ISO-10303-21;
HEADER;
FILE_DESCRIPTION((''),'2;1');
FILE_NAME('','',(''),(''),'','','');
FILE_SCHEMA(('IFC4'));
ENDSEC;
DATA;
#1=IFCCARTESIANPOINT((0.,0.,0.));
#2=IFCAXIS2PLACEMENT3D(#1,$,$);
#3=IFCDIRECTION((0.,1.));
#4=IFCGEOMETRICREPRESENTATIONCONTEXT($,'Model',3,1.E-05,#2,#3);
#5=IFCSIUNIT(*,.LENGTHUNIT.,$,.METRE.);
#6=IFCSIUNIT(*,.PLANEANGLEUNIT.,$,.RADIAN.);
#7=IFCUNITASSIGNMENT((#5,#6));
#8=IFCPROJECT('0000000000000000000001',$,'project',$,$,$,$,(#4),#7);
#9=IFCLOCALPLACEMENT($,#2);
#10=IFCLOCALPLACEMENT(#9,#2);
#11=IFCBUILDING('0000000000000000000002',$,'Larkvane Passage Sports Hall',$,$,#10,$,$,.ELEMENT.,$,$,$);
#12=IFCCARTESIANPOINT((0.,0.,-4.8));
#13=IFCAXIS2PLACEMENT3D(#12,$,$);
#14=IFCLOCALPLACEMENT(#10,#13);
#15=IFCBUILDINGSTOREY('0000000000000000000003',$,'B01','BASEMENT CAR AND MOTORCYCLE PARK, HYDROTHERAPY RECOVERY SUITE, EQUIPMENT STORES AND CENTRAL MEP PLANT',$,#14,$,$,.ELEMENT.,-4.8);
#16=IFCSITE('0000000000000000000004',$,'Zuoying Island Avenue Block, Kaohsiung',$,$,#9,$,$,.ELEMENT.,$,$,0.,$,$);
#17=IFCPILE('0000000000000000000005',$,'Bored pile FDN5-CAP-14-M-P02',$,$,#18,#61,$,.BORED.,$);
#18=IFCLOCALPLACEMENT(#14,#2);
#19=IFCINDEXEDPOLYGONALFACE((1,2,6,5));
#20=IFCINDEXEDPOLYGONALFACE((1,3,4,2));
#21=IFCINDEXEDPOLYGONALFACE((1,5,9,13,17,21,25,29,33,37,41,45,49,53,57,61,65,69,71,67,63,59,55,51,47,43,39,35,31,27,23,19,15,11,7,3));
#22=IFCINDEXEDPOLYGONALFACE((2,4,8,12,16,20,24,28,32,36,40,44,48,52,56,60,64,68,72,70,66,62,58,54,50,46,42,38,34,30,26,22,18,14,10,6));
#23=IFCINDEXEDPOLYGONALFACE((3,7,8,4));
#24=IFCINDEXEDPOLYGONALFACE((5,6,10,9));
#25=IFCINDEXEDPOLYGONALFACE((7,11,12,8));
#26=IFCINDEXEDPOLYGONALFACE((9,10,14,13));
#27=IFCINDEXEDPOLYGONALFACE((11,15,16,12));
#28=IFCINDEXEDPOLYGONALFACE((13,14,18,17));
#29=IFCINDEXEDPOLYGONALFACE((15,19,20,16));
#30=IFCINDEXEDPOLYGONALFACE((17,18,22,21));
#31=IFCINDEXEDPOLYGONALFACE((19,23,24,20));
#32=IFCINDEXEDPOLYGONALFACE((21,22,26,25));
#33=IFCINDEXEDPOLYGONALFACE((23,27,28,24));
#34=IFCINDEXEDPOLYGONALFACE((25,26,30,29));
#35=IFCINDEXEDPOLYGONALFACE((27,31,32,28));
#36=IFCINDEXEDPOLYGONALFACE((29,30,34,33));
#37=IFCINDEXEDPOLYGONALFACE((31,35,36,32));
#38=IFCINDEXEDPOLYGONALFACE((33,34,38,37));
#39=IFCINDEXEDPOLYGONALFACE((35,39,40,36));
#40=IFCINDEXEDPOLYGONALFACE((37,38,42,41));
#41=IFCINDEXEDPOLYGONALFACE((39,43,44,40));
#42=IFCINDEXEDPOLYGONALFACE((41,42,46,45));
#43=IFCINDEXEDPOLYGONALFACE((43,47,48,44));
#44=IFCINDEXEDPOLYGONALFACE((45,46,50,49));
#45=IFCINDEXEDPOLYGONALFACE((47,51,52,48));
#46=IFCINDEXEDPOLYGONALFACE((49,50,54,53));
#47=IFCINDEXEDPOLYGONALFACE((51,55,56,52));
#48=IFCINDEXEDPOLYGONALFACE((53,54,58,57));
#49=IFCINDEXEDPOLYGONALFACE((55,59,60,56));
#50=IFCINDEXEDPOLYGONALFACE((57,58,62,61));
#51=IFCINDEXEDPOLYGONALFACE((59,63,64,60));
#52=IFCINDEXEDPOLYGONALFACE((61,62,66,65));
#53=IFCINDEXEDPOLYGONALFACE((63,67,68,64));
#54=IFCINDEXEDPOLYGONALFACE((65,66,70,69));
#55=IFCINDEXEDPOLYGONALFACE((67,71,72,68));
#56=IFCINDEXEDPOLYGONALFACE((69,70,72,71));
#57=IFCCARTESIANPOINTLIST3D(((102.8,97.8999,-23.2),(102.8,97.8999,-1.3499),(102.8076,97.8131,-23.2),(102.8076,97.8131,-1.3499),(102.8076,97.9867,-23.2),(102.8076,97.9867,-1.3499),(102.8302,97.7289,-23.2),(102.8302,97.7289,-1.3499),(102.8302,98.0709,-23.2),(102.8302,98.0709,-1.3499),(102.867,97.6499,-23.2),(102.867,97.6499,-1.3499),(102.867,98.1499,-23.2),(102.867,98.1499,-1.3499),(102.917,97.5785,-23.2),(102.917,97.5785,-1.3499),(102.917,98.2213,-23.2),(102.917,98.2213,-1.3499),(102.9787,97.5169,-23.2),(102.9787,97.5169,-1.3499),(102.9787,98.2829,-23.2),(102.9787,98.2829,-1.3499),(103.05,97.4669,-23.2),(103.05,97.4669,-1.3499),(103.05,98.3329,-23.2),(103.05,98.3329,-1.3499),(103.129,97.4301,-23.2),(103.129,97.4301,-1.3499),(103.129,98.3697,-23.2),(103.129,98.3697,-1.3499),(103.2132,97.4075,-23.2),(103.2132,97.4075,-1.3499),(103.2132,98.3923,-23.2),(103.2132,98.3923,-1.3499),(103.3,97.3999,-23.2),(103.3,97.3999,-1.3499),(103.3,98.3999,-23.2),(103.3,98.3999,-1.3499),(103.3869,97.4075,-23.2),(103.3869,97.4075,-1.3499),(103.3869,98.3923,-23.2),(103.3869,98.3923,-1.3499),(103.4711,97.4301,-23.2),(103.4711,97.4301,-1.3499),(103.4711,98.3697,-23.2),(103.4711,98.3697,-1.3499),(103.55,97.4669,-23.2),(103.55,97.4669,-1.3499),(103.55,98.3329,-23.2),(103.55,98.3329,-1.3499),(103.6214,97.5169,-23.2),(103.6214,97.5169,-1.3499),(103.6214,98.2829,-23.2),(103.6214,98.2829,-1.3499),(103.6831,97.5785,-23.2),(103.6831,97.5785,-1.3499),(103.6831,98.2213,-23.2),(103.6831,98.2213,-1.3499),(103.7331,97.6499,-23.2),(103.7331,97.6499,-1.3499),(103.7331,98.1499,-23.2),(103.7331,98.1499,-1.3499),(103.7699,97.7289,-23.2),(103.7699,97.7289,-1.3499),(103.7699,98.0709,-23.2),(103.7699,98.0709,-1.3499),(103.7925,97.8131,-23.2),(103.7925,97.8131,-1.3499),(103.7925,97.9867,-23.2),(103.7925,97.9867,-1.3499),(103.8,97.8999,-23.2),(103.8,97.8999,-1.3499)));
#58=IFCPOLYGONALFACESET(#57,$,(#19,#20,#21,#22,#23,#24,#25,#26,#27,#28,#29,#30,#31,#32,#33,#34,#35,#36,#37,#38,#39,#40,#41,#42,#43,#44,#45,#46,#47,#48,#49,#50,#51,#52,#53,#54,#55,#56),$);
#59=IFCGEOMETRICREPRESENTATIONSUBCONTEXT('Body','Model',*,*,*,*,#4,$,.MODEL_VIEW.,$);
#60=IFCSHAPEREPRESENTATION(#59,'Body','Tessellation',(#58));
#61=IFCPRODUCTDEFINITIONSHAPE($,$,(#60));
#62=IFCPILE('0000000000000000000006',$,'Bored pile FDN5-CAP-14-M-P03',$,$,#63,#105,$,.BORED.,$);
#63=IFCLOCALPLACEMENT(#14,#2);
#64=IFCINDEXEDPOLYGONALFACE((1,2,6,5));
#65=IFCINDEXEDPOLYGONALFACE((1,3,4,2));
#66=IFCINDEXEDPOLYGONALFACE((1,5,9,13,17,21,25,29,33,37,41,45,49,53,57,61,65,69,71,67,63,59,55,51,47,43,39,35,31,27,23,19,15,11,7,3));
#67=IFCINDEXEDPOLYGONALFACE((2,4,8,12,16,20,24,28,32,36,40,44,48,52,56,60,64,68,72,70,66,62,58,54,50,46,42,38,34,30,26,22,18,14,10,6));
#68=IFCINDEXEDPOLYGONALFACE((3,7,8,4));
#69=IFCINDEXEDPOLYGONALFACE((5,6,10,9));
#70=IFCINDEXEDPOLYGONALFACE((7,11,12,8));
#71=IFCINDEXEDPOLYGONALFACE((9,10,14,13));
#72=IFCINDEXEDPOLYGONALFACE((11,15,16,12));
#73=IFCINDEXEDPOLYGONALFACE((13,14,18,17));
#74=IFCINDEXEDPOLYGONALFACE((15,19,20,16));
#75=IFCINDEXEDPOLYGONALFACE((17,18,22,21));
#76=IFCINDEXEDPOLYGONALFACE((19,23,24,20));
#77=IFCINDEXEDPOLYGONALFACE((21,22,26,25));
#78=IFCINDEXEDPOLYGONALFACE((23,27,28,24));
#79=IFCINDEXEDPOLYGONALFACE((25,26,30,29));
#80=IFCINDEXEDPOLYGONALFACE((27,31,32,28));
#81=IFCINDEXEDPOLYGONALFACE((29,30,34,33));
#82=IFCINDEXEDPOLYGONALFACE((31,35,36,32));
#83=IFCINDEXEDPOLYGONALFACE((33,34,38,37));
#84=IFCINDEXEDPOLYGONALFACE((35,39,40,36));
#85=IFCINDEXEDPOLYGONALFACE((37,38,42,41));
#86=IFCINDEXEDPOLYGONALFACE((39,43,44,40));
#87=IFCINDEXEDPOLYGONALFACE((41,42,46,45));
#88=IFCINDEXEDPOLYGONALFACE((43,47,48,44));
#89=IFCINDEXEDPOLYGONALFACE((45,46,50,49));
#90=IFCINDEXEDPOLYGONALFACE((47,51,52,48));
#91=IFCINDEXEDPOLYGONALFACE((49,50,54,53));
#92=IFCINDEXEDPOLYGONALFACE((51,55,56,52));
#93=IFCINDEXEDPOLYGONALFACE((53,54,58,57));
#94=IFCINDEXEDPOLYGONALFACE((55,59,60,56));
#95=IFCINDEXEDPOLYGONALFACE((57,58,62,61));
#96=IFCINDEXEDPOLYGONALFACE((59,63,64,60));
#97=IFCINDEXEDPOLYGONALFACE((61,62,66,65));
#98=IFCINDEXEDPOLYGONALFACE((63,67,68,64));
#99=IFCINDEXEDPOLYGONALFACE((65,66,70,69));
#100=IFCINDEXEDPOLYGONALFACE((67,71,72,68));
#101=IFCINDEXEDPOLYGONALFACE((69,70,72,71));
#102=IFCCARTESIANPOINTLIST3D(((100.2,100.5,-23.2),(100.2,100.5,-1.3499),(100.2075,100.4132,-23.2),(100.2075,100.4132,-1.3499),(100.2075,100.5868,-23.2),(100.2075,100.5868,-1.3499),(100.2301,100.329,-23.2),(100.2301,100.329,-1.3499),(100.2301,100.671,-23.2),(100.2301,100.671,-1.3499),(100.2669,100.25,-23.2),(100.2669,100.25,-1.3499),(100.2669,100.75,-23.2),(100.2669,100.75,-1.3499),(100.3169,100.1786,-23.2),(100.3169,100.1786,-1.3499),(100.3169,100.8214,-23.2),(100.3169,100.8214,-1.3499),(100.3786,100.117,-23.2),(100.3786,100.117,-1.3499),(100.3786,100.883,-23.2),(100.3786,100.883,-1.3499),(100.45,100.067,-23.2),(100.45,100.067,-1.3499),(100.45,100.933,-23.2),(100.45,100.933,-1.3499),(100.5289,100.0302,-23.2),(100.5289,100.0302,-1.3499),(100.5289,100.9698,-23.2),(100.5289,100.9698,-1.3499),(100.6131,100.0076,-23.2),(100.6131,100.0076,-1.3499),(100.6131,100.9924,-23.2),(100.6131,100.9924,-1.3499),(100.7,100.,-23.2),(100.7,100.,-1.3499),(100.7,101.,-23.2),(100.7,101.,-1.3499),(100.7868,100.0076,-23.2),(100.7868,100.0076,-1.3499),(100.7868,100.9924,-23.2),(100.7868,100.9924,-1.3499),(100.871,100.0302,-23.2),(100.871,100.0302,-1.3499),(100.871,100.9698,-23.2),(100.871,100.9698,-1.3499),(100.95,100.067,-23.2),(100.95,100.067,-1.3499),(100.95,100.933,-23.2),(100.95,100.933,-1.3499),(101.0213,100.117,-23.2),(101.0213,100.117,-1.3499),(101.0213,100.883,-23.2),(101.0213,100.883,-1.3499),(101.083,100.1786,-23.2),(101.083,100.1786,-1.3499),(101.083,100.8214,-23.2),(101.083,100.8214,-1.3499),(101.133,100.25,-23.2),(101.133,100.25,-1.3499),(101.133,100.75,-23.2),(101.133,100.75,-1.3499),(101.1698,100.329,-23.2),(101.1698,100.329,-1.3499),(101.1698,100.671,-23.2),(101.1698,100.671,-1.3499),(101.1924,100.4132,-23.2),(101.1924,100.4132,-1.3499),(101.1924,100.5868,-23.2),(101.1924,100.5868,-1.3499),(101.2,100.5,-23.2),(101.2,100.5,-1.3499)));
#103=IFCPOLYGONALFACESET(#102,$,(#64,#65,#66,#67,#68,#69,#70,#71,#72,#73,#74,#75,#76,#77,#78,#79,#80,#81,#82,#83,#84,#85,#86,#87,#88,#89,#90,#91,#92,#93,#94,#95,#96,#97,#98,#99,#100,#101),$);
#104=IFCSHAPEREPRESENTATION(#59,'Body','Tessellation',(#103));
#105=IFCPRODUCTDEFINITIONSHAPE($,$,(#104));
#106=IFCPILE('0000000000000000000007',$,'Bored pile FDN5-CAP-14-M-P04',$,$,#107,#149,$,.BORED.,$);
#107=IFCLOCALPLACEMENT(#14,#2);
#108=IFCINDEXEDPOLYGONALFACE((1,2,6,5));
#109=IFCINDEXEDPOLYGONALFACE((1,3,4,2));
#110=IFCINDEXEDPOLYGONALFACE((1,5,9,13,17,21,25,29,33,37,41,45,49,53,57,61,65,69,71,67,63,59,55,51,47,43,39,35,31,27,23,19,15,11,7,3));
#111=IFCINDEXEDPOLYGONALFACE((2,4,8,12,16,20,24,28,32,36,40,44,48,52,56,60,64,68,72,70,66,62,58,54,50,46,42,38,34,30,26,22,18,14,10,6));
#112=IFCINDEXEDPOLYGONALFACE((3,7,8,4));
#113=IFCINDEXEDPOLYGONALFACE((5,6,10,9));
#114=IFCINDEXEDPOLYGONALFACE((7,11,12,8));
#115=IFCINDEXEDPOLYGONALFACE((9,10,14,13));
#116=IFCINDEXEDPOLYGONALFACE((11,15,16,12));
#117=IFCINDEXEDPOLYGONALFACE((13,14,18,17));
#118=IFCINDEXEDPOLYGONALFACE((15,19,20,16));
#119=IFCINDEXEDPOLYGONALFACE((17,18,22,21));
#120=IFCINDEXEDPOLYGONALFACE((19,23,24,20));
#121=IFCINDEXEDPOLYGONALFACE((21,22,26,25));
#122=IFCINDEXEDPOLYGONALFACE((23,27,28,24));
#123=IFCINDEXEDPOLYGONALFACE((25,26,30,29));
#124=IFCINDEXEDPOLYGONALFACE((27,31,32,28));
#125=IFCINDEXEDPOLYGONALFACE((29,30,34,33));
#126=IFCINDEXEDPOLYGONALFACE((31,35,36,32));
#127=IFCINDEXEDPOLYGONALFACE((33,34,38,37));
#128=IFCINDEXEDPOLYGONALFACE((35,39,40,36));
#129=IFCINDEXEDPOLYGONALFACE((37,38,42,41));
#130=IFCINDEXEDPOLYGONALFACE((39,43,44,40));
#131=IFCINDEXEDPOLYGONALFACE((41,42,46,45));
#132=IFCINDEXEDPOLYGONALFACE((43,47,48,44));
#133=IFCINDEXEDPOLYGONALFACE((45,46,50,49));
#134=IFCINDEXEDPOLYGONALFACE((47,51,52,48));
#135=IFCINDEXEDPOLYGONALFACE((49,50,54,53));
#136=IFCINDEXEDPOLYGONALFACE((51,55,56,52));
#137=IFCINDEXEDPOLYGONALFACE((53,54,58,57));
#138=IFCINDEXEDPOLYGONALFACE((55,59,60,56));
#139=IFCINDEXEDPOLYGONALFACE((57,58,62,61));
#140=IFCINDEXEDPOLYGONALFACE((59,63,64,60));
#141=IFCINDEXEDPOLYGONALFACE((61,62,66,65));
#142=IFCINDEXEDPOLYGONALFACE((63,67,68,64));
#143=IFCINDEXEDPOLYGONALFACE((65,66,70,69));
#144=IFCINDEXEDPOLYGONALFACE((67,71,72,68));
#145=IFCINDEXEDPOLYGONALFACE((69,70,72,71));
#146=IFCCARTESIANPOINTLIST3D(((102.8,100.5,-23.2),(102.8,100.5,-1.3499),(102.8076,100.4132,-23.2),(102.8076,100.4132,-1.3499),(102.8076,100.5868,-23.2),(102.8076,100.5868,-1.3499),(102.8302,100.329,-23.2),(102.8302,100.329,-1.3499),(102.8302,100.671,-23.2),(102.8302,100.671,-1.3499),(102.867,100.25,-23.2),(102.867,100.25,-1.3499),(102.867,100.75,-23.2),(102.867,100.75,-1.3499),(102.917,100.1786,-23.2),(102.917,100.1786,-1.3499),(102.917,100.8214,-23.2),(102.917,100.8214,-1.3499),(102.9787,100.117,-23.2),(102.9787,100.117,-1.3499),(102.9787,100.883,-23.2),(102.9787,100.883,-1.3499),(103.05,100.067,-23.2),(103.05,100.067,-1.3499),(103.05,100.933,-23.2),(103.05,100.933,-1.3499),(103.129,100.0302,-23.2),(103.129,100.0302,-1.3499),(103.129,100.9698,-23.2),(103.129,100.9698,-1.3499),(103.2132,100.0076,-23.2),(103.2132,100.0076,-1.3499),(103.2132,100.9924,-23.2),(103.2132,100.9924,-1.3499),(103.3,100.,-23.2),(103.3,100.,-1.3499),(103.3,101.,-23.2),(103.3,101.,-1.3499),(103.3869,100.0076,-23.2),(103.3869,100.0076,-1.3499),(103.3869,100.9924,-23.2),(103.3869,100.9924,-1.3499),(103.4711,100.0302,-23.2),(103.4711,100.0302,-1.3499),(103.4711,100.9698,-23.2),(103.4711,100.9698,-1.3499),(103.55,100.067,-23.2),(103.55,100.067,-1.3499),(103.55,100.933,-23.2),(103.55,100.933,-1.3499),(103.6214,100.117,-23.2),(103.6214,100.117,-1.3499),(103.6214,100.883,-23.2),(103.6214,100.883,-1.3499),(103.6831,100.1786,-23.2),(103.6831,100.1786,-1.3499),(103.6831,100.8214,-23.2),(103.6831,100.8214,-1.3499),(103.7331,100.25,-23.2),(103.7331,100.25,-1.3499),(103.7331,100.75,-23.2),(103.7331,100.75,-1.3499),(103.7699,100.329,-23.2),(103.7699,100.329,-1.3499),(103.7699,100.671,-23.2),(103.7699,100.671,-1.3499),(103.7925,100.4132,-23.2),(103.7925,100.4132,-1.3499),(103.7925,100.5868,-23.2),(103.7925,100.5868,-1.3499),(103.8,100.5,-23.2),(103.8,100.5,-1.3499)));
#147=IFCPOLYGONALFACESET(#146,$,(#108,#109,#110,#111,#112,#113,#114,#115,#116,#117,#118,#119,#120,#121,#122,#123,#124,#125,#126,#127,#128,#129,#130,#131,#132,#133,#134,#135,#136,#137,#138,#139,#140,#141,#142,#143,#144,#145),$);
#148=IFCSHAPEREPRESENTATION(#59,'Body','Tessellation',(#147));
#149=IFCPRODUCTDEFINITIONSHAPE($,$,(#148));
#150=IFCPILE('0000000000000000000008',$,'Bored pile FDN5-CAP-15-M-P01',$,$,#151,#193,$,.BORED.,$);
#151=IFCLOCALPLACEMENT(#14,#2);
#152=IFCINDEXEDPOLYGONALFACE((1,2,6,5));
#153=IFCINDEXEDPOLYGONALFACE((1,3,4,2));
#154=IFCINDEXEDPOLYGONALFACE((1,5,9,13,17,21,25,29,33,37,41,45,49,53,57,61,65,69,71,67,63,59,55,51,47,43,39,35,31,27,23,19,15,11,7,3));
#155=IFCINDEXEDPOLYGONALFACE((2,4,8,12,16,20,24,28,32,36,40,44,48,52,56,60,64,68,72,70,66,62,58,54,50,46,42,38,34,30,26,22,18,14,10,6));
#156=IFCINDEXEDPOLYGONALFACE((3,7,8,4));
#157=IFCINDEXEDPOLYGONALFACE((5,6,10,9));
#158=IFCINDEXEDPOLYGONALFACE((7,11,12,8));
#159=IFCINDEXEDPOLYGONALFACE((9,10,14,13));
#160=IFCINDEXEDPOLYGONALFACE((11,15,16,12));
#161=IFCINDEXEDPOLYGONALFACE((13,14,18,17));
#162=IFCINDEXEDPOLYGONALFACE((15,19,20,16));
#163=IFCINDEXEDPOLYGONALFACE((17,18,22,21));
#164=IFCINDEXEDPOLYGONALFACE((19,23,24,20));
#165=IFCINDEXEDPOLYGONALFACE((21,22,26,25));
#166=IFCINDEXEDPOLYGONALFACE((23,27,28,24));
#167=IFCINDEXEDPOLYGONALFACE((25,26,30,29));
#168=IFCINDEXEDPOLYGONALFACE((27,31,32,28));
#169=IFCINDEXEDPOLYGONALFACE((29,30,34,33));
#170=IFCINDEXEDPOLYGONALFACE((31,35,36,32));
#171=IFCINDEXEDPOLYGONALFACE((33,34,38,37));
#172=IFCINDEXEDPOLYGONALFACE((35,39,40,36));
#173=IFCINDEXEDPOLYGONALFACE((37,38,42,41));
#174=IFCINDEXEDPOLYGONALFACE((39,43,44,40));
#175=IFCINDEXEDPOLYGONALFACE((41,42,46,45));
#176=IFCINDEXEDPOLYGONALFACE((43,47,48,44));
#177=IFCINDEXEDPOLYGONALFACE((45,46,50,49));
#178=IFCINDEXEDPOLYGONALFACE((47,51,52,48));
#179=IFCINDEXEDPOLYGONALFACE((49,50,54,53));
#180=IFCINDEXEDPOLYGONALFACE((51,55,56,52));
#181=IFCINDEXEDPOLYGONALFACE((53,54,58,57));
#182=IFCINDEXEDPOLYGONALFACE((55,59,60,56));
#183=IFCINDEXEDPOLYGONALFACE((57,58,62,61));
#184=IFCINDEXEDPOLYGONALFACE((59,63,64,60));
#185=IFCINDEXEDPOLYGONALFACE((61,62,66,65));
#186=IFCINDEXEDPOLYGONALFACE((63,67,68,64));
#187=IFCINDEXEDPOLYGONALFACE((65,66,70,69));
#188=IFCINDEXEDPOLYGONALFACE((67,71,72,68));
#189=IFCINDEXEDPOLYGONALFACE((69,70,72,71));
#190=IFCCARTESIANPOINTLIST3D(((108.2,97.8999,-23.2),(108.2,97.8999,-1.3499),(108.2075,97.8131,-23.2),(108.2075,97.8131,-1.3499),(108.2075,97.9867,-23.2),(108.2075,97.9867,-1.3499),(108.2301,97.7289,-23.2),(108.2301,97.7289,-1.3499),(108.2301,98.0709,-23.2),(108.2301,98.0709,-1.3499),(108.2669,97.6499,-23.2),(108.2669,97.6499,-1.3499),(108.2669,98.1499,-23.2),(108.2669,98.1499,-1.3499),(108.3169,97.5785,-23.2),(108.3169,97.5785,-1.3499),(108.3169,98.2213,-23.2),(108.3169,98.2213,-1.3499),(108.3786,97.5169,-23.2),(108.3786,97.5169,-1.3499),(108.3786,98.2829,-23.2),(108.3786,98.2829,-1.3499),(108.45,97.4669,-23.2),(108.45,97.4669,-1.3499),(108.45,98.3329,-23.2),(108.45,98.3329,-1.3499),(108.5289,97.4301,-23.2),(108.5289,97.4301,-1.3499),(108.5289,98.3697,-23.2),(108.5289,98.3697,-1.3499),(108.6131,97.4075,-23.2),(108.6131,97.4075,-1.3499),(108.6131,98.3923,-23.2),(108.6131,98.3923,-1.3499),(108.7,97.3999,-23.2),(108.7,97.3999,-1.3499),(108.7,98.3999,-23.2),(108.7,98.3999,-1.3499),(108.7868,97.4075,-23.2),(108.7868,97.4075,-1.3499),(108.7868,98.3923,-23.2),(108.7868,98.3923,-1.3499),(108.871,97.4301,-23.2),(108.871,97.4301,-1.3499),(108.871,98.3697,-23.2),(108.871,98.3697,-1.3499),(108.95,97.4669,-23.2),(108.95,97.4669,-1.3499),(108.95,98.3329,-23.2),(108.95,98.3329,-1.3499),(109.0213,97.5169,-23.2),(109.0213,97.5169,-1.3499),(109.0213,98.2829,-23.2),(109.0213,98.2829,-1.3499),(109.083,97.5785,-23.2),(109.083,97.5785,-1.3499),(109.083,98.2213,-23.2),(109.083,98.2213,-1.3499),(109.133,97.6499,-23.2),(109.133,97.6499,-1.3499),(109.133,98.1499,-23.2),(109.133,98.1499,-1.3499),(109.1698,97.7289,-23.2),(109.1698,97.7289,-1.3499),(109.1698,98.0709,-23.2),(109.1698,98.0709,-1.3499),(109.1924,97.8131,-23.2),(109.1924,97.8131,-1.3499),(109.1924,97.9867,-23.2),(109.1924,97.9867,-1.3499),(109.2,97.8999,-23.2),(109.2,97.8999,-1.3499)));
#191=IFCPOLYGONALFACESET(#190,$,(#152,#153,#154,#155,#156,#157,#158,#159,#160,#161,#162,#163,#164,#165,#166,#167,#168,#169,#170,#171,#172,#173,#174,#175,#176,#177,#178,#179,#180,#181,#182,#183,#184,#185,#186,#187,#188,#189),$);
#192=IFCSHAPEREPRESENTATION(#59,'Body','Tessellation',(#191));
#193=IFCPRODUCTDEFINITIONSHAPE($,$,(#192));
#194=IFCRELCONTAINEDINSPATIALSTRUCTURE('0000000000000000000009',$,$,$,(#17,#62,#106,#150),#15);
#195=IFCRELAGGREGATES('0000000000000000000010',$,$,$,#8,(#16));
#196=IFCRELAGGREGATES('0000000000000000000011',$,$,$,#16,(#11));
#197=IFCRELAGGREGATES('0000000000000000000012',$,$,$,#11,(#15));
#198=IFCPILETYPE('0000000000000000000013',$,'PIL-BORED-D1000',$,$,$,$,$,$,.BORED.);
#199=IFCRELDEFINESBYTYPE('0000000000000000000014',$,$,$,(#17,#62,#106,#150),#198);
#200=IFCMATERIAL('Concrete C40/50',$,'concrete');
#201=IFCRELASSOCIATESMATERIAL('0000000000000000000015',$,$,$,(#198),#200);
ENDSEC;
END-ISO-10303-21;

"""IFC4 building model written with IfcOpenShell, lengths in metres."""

from ifc_helpers import new_model, si_unit, direction, frame, origin, origin_2d, place, context, subcontext, project, spatial, circle, extrude, material, material_profile, profile_set, type_object, element, save


model = new_model("IFC4")

# Units and contexts
model_context = context("Model", 3, precision=1e-05, world=origin(), true_north=direction((0.0, 1.0)))
body_context = subcontext(model_context, "Body", "Model", "MODEL_VIEW")
ifc_project = project(units=[si_unit("LENGTHUNIT", "METRE"), si_unit("PLANEANGLEUNIT", "RADIAN")], contexts=[model_context])

# Site, building, storey
site_placement = place(None, origin())
site = spatial("IfcSite", under=ifc_project, at=site_placement, Name="Zuoying Island Avenue Block, Kaohsiung", CompositionType="ELEMENT", RefElevation=0.0)
building_placement = place(site_placement, origin())
building = spatial("IfcBuilding", under=site, at=building_placement, Name="Larkvane Passage Sports Hall", CompositionType="ELEMENT")
storey_placement = place(building_placement, frame((0.0, 0.0, -4.8)))
storey = spatial("IfcBuildingStorey", under=building, at=storey_placement, Name="B01", Description="BASEMENT CAR AND MOTORCYCLE PARK, HYDROTHERAPY RECOVERY SUITE, EQUIPMENT STORES AND CENTRAL MEP PLANT", CompositionType="ELEMENT", Elevation=-4.8)

# Shared definitions
ifc_material_1 = material(Name="Concrete C40/50", Category="concrete")

# Piles
ifc_material_profile_1 = material_profile(ifc_material_1, circle(Radius=0.5, at=origin_2d()), Name="PILE-D1000")
ifc_profile_set_1 = profile_set([ifc_material_profile_1], Name="Concrete C40/50")
pile_type_1 = type_object("IfcPileType", Name="PIL-BORED-D1000", PredefinedType="BORED", material=ifc_profile_set_1)
for number, where, z_axis, x_axis, name in (
    (1, (103.3, 97.8999, -1.3499), (0.0, 0.0, -1.0), (1.0, 0.0, 0.0), "Bored pile FDN5-CAP-14-M-P02"),
    (2, (100.7, 100.5, -1.3499), (0.0, 0.0, -1.0), (1.0, 0.0, 0.0), "Bored pile FDN5-CAP-14-M-P03"),
    (3, (103.3, 100.5, -1.3499), (0.0, 0.0, -1.0), (1.0, 0.0, 0.0), "Bored pile FDN5-CAP-14-M-P04"),
    (4, (108.7, 97.8999, -1.3499), (0.0, 0.0, -1.0), (1.0, 0.0, 0.0), "Bored pile FDN5-CAP-15-M-P01"),
):
    element("IfcPile", number, at=place(storey_placement, frame(where, z_axis=z_axis, x_axis=x_axis)), inside=storey, type_object=pile_type_1, Name=name, PredefinedType="BORED", context=body_context, shape_type="SweptSolid", body=[
        extrude(circle(Radius=0.5, at=origin_2d()), origin(), (0.0, 0.0, 1.0), 21.8501),
    ])

save(model, "model.ifc")
